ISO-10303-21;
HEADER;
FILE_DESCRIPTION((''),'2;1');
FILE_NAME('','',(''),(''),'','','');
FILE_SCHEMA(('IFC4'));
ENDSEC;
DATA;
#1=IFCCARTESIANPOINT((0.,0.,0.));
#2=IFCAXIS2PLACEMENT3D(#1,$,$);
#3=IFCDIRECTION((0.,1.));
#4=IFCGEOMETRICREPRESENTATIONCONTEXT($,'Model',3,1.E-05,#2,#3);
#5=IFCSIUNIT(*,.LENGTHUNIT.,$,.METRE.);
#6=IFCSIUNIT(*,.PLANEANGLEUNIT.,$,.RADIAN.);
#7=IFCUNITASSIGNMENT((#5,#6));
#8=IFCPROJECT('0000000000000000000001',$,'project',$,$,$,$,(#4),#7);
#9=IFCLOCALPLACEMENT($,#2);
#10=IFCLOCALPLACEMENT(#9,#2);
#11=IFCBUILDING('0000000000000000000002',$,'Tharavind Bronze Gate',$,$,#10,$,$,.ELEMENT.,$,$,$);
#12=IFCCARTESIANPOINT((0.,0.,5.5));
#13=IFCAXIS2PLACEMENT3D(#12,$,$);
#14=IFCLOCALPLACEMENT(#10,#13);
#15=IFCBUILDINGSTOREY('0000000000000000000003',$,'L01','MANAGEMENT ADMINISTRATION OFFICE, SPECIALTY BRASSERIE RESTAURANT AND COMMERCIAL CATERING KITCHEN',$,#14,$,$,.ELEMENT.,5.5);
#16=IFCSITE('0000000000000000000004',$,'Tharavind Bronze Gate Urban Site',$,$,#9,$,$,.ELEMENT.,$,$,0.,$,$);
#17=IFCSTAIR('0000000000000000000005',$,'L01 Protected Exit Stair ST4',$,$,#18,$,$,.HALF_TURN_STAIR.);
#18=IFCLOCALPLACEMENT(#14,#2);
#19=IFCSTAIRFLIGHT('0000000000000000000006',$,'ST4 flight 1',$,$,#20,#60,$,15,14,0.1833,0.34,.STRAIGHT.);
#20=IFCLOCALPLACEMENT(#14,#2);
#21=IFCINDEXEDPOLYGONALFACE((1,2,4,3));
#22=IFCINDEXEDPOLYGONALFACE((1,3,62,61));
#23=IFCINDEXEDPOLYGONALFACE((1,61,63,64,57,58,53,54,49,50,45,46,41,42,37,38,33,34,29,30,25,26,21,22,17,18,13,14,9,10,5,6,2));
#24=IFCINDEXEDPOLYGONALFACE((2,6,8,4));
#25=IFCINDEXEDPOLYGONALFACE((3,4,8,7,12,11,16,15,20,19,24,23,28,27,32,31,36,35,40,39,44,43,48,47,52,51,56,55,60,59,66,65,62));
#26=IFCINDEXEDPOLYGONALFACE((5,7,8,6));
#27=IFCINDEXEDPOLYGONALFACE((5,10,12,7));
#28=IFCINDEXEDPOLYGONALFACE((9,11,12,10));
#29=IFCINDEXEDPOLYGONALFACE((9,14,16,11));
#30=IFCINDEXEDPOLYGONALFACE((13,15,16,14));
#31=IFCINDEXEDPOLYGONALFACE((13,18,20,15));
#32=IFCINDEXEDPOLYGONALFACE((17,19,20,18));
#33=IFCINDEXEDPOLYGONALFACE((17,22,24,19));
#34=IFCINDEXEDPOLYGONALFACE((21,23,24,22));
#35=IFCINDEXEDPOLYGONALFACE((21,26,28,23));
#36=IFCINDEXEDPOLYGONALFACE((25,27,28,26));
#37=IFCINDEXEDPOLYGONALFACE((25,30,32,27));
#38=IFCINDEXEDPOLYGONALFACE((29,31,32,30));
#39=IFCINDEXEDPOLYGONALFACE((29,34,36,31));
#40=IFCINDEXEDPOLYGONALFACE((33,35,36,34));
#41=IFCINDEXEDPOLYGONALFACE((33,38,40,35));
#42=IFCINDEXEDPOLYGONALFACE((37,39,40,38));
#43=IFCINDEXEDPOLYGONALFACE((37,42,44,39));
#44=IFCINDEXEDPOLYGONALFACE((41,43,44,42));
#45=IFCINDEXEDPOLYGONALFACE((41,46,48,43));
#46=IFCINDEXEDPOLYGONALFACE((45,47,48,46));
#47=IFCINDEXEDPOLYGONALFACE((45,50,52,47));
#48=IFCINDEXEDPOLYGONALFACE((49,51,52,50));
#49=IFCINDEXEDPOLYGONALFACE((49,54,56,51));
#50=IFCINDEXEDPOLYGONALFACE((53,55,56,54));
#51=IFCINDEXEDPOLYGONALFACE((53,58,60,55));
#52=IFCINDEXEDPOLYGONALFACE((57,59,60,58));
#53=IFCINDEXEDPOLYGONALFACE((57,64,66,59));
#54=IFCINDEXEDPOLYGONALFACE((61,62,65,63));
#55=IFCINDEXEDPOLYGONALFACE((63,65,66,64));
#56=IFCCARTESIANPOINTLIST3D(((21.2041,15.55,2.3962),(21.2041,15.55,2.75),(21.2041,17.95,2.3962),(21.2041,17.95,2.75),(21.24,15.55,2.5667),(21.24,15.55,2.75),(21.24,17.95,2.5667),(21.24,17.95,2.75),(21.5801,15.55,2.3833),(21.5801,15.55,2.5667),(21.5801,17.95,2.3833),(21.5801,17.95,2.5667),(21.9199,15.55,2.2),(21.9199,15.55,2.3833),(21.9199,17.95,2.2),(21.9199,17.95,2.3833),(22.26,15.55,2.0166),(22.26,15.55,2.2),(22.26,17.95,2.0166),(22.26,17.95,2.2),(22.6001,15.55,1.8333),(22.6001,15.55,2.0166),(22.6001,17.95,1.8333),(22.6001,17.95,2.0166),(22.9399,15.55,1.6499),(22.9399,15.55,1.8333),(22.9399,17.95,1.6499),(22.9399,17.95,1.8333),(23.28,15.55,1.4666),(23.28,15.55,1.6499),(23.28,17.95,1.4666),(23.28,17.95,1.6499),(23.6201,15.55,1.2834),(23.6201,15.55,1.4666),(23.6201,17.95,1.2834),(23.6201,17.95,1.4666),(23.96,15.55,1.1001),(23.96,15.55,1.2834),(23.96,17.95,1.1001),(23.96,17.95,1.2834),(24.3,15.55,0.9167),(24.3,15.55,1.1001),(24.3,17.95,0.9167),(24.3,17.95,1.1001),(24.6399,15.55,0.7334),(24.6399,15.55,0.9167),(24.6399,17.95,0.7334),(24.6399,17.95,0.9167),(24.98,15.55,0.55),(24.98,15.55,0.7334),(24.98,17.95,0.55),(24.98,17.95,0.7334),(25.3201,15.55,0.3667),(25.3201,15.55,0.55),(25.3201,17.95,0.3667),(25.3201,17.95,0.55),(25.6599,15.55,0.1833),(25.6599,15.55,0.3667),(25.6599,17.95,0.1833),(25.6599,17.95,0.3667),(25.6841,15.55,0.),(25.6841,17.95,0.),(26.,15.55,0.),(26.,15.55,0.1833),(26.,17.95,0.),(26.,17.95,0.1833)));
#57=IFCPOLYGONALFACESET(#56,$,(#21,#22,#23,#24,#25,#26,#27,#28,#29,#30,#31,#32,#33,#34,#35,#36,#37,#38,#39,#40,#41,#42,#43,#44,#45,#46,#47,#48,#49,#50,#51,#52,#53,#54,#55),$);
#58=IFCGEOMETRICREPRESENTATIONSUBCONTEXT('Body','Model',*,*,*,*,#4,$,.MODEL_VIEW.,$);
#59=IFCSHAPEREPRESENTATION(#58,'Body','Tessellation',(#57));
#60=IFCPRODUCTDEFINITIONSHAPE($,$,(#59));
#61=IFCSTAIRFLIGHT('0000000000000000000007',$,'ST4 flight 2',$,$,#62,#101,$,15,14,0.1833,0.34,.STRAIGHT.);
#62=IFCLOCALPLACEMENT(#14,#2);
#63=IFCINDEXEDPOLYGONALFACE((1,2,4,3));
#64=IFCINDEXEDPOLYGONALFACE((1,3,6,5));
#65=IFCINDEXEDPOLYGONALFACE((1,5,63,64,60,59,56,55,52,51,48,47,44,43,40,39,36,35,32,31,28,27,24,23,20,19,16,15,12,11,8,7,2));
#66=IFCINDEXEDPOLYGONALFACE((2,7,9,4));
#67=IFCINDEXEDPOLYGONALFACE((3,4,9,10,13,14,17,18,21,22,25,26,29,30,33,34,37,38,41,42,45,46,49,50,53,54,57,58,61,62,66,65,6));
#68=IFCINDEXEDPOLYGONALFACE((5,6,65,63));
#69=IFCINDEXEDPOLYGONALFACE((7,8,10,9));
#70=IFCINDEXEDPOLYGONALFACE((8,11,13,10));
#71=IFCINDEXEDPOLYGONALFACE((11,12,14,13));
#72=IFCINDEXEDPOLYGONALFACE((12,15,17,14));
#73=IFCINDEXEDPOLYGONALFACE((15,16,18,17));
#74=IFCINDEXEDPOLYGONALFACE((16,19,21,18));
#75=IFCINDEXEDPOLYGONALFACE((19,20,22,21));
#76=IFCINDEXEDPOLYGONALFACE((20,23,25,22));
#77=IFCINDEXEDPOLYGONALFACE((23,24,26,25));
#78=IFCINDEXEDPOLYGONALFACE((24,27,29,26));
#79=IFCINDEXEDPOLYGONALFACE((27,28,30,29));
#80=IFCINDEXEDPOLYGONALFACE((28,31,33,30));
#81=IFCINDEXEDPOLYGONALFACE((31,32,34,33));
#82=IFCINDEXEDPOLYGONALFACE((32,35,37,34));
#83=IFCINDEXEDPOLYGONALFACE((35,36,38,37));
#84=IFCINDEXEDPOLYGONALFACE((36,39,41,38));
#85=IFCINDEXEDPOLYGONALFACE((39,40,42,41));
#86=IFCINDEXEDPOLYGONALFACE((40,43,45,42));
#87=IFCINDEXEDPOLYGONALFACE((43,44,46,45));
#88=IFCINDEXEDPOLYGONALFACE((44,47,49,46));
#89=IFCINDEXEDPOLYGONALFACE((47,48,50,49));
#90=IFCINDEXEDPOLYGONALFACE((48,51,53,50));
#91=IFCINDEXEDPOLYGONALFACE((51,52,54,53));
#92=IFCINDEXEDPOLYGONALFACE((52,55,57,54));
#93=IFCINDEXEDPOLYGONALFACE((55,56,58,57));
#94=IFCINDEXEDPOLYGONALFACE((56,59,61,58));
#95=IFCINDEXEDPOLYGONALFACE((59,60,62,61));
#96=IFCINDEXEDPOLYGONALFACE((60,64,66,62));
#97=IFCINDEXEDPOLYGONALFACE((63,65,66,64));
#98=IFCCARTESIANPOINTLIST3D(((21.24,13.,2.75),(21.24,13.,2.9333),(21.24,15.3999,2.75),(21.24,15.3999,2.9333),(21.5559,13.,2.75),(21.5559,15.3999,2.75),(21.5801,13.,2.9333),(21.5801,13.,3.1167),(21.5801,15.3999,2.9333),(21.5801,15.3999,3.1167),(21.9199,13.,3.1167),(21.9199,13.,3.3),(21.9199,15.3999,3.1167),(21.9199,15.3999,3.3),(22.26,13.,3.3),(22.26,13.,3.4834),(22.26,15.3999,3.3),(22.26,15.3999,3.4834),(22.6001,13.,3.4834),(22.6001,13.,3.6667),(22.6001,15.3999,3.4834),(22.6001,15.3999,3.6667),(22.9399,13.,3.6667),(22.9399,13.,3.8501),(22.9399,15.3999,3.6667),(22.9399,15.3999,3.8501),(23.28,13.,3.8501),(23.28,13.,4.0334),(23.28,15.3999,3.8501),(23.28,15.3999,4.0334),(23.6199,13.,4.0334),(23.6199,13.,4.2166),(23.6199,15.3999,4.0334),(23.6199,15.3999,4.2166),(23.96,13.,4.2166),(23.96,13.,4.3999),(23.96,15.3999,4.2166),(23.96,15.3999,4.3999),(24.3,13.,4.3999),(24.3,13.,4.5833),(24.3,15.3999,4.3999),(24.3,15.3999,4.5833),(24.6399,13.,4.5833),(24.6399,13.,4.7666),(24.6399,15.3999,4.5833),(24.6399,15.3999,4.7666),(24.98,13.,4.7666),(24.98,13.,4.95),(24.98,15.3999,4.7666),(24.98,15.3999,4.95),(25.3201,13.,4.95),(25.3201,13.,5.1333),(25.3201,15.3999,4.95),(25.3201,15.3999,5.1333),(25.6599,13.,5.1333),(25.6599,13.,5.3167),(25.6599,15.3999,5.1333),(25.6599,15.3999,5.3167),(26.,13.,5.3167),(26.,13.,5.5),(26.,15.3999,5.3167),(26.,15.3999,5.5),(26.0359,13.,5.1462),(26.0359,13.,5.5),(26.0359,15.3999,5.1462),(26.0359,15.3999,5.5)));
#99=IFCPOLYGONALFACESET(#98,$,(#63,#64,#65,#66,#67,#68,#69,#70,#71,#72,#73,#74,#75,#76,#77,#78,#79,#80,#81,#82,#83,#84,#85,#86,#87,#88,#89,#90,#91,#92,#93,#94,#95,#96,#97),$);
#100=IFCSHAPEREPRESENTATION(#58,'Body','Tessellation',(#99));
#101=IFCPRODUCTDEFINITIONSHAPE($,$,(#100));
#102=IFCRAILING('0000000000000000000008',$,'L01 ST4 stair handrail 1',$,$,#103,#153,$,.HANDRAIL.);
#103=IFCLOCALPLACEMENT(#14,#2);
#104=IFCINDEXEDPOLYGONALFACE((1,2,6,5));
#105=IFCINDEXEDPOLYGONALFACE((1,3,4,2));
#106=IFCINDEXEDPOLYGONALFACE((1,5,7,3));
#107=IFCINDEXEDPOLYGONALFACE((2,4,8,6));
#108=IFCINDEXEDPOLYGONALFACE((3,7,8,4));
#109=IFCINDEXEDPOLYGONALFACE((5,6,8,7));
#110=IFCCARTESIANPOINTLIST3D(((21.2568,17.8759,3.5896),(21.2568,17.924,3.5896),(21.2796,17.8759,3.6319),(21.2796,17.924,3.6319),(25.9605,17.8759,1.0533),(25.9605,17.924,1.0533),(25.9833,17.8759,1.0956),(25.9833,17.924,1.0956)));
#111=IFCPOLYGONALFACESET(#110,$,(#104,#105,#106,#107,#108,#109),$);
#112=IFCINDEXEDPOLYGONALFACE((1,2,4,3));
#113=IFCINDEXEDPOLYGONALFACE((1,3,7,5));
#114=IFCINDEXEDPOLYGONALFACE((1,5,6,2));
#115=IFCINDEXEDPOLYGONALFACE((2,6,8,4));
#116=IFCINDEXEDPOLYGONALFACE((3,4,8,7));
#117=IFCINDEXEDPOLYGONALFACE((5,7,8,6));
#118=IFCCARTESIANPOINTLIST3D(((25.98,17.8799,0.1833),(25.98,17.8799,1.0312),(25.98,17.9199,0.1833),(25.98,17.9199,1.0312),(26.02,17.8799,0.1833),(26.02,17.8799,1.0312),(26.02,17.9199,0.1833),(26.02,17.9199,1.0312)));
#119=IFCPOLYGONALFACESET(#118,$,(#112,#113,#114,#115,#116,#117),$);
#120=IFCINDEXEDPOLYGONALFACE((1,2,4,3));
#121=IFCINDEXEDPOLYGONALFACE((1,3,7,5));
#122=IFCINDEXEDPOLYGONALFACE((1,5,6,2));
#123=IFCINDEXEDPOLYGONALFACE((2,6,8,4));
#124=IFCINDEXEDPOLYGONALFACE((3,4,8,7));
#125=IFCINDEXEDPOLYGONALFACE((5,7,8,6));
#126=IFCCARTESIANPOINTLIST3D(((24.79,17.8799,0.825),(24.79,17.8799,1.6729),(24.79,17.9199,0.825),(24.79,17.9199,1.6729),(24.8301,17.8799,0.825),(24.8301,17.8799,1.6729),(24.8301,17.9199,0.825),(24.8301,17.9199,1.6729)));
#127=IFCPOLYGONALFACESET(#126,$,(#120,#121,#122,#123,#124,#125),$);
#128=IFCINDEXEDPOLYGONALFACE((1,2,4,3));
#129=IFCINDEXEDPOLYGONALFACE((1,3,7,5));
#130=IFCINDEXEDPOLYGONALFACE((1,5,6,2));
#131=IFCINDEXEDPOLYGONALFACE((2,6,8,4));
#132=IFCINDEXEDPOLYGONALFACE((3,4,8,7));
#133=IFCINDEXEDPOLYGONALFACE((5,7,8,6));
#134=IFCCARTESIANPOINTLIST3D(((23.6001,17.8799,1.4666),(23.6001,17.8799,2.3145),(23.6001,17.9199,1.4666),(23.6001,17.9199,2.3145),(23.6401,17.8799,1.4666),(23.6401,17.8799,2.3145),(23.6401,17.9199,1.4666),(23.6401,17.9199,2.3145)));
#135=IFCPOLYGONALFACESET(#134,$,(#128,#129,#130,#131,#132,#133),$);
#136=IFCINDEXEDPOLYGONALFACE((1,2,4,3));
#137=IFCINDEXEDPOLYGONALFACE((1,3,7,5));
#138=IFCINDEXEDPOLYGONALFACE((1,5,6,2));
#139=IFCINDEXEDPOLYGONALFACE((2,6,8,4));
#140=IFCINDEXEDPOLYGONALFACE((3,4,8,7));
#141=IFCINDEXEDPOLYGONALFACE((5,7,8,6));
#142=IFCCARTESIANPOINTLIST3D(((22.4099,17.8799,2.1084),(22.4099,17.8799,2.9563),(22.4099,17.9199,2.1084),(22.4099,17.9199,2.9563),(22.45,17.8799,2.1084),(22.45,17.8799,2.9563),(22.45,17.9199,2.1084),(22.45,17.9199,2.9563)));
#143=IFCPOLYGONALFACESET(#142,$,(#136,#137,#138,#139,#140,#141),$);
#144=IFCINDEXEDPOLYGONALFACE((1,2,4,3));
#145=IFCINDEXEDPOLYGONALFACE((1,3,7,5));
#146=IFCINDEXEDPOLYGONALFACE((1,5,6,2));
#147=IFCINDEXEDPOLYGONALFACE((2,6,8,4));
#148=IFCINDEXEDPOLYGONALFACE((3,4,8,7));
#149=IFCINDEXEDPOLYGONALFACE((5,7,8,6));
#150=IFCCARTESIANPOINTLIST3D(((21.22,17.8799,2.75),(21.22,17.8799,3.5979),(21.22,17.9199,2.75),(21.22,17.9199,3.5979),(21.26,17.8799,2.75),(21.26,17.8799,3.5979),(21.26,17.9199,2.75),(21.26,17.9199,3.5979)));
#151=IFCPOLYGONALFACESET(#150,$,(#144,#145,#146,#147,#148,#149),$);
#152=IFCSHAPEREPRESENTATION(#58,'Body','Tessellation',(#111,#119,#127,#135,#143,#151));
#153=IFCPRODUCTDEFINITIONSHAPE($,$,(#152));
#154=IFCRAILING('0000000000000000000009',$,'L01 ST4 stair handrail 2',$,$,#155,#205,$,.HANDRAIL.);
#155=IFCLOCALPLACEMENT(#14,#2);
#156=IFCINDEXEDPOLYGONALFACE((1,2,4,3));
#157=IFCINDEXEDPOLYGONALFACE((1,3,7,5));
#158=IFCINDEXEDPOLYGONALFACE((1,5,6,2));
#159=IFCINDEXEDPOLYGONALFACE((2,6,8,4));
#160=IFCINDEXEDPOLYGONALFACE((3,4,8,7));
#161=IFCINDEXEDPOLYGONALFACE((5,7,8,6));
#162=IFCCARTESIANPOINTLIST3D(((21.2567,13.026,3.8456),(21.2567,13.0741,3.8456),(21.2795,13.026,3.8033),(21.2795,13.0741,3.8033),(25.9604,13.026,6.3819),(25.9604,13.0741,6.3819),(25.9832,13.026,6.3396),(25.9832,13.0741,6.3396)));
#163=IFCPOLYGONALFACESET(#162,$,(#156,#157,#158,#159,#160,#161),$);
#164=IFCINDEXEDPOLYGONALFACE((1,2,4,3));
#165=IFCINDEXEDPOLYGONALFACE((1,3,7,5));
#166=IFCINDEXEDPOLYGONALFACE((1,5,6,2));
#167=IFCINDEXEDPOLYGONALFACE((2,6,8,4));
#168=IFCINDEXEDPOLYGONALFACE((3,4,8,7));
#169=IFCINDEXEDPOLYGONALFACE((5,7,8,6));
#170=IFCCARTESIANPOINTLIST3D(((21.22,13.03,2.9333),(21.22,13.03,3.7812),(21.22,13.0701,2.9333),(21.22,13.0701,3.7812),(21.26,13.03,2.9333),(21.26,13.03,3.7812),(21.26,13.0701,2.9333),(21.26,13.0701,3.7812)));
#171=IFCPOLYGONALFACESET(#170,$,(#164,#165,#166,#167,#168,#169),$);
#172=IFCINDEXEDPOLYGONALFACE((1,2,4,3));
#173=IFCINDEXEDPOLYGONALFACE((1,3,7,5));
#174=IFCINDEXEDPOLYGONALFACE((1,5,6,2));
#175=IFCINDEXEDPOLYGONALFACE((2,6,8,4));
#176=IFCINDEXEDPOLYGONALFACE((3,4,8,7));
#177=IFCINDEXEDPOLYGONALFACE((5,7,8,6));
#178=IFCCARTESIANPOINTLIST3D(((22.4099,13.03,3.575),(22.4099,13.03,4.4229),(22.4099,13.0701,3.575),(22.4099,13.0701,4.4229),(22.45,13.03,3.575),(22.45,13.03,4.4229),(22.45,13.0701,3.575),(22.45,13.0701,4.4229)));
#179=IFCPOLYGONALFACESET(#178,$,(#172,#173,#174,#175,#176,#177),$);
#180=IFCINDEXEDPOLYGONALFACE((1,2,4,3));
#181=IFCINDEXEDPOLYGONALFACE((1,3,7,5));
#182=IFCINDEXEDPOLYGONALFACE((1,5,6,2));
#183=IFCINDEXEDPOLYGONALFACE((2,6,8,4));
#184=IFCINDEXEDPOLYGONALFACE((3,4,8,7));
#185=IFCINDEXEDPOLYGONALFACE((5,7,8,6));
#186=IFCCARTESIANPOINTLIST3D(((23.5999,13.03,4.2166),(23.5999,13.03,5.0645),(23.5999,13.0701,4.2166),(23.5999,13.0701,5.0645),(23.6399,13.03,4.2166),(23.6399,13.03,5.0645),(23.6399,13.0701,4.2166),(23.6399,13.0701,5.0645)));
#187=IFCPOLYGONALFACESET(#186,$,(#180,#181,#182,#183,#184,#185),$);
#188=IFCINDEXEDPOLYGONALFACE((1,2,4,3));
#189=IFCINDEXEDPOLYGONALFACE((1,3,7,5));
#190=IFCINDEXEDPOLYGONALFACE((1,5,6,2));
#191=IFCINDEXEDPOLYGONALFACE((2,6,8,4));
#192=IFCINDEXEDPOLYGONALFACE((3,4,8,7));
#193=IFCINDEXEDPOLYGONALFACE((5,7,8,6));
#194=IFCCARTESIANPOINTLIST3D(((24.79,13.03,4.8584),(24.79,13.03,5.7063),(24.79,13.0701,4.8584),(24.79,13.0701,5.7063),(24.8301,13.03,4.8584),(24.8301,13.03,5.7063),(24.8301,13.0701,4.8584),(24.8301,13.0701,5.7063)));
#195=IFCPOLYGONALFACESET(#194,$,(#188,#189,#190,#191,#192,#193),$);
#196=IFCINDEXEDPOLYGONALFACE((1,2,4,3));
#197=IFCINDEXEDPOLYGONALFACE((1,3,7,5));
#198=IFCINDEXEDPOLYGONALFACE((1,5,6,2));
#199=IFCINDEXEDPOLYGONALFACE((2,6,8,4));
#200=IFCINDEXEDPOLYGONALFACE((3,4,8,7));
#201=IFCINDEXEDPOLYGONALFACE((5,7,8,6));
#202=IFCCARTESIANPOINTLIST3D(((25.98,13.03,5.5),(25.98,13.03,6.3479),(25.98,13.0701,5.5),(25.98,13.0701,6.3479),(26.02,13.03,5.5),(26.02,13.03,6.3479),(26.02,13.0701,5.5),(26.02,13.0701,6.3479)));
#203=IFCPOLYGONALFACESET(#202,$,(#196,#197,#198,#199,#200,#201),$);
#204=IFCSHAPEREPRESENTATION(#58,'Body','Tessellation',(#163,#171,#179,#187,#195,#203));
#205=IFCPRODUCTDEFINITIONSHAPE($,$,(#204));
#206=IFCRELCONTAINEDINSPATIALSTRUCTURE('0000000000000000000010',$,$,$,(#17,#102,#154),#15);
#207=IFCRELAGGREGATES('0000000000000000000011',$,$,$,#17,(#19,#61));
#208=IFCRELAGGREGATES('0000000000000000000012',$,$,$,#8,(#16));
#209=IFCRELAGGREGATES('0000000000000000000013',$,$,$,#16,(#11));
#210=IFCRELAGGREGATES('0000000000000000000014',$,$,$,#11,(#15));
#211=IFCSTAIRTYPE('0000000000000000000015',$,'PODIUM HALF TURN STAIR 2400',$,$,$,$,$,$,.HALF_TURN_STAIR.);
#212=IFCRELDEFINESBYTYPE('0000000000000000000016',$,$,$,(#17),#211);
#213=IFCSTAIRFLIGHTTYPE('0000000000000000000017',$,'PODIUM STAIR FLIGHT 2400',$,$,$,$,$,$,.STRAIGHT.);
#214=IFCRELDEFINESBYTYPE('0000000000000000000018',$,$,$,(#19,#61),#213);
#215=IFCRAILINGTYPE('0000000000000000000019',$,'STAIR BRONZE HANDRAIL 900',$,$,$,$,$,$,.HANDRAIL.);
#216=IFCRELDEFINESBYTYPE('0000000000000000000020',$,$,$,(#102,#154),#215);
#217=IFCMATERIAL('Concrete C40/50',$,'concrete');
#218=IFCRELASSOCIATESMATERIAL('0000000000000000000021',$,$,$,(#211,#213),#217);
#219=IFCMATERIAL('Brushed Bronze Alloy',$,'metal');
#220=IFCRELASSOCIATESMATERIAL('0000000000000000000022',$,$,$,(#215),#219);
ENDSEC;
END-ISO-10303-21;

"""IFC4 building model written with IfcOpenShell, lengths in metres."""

from ifc_helpers import new_model, si_unit, direction, frame, origin, origin_2d, place, context, subcontext, project, spatial, polyline, rectangle, outline, extrude, material, type_object, element, aggregate, save


model = new_model("IFC4")

# Units and contexts
model_context = context("Model", 3, precision=1e-05, world=origin(), true_north=direction((0.0, 1.0)))
body_context = subcontext(model_context, "Body", "Model", "MODEL_VIEW")
ifc_project = project(units=[si_unit("LENGTHUNIT", "METRE"), si_unit("PLANEANGLEUNIT", "RADIAN")], contexts=[model_context])

# Site, building, storey
site_placement = place(None, origin())
site = spatial("IfcSite", under=ifc_project, at=site_placement, Name="Tharavind Bronze Gate Urban Site", CompositionType="ELEMENT", RefElevation=0.0)
building_placement = place(site_placement, origin())
building = spatial("IfcBuilding", under=site, at=building_placement, Name="Tharavind Bronze Gate", CompositionType="ELEMENT")
storey_placement = place(building_placement, frame((0.0, 0.0, 5.5)))
storey = spatial("IfcBuildingStorey", under=building, at=storey_placement, Name="L01", Description="MANAGEMENT ADMINISTRATION OFFICE, SPECIALTY BRASSERIE RESTAURANT AND COMMERCIAL CATERING KITCHEN", CompositionType="ELEMENT", Elevation=5.5)

# Shared definitions
ifc_material_1 = material(Name="Concrete C40/50", Category="concrete")

# Stair, stair flights
stair_type = type_object("IfcStairType", Name="PODIUM HALF TURN STAIR 2400", PredefinedType="HALF_TURN_STAIR", material=ifc_material_1)
stair_placement = place(storey_placement, origin())
stair = element("IfcStair", 1, at=stair_placement, inside=storey, type_object=stair_type, Name="L01 Protected Exit Stair ST4", PredefinedType="HALF_TURN_STAIR")
stair_flight_type = type_object("IfcStairFlightType", Name="PODIUM STAIR FLIGHT 2400", PredefinedType="STRAIGHT", material=ifc_material_1)
stair_flight_1_placement = place(storey_placement, frame((26.0, 16.75, 0.0), z_axis=(0.0, 0.0, 1.0), x_axis=(-1.0, 0.0, 0.0)))
stair_flight_1 = element("IfcStairFlight", 2, at=stair_flight_1_placement, type_object=stair_flight_type, Name="ST4 flight 1", NumberOfRisers=15, NumberOfTreads=14, PredefinedType="STRAIGHT", RiserHeight=0.1833, TreadLength=0.34, context=body_context, shape_type="SweptSolid", body=[
    extrude(outline(polyline([(0.0, 0.0), (0.0, 0.1833), (0.3401, 0.1833), (0.3401, 0.3667), (0.6799, 0.3667), (0.6799, 0.55), (1.02, 0.55), (1.02, 0.7334), (1.3601, 0.7334), (1.3601, 0.9167), (1.7, 0.9167), (1.7, 1.1001), (2.04, 1.1001), (2.04, 1.2834), (2.3799, 1.2834), (2.3799, 1.4666), (2.72, 1.4666), (2.72, 1.6499), (3.0601, 1.6499), (3.0601, 1.8333), (3.3999, 1.8333), (3.3999, 2.0166), (3.74, 2.0166), (3.74, 2.2), (4.0801, 2.2), (4.0801, 2.3833), (4.4199, 2.3833), (4.4199, 2.5667), (4.76, 2.5667), (4.76, 2.75), (4.7959, 2.75), (4.7959, 2.3962), (0.3159, 0.0), (0.0, 0.0)])), frame((0.0, 1.2, 0.0), z_axis=(0.0, -1.0, 0.0), x_axis=(1.0, 0.0, 0.0)), (0.0, 0.0, 1.0), 2.3999),
])
stair_flight_2_placement = place(storey_placement, frame((21.24, 14.2, 2.75), z_axis=(0.0, 0.0, 1.0), x_axis=(1.0, 0.0, 0.0)))
stair_flight_2 = element("IfcStairFlight", 3, at=stair_flight_2_placement, type_object=stair_flight_type, Name="ST4 flight 2", NumberOfRisers=15, NumberOfTreads=14, PredefinedType="STRAIGHT", RiserHeight=0.1833, TreadLength=0.34, context=body_context, shape_type="SweptSolid", body=[
    extrude(outline(polyline([(0.0, 0.0), (0.0, 0.1833), (0.3401, 0.1833), (0.3401, 0.3667), (0.6799, 0.3667), (0.6799, 0.55), (1.02, 0.55), (1.02, 0.7334), (1.3601, 0.7334), (1.3601, 0.9167), (1.7, 0.9167), (1.7, 1.1001), (2.04, 1.1001), (2.04, 1.2834), (2.3799, 1.2834), (2.3799, 1.4666), (2.72, 1.4666), (2.72, 1.6499), (3.0601, 1.6499), (3.0601, 1.8333), (3.3999, 1.8333), (3.3999, 2.0166), (3.74, 2.0166), (3.74, 2.2), (4.0801, 2.2), (4.0801, 2.3833), (4.4199, 2.3833), (4.4199, 2.5667), (4.76, 2.5667), (4.76, 2.75), (4.7959, 2.75), (4.7959, 2.3962), (0.3159, 0.0), (0.0, 0.0)])), frame((0.0, 1.2, 0.0), z_axis=(0.0, -1.0, 0.0), x_axis=(1.0, 0.0, 0.0)), (0.0, 0.0, 1.0), 2.3999),
])
aggregate(stair, [stair_flight_1, stair_flight_2])

# Railings
ifc_material_2 = material(Name="Brushed Bronze Alloy", Category="metal")
railing_type_1 = type_object("IfcRailingType", Name="STAIR BRONZE HANDRAIL 900", PredefinedType="HANDRAIL", material=ifc_material_2)
railing_1_placement = place(storey_placement, frame((26.0, 17.8999, 0.1833)))
element("IfcRailing", 4, at=railing_1_placement, inside=storey, type_object=railing_type_1, Name="L01 ST4 stair handrail 1", PredefinedType="HANDRAIL", context=body_context, shape_type="SweptSolid", body=[
    extrude(rectangle(XDim=0.0481, YDim=0.0481, at=origin_2d()), frame((-0.0281, 0.0, 0.8911), z_axis=(-0.880196, 0.0, 0.474611), x_axis=(0.0, -1.0, 0.0)), (0.0, 0.0, 1.0), 5.344),
    extrude(rectangle(XDim=0.04, YDim=0.04, at=origin_2d()), origin(), (0.0, 0.0, 1.0), 0.8479),
    extrude(rectangle(XDim=0.04, YDim=0.04, at=origin_2d()), frame((-1.1899, 0.0, 0.6416)), (0.0, 0.0, 1.0), 0.8479),
    extrude(rectangle(XDim=0.04, YDim=0.04, at=origin_2d()), frame((-2.3799, 0.0, 1.2832)), (0.0, 0.0, 1.0), 0.8479),
    extrude(rectangle(XDim=0.04, YDim=0.04, at=origin_2d()), frame((-3.5701, 0.0, 1.925)), (0.0, 0.0, 1.0), 0.8479),
    extrude(rectangle(XDim=0.04, YDim=0.04, at=origin_2d()), frame((-4.76, 0.0, 2.5667)), (0.0, 0.0, 1.0), 0.8479),
])
railing_2_placement = place(storey_placement, frame((21.24, 13.05, 2.9333)))
element("IfcRailing", 5, at=railing_2_placement, inside=storey, type_object=railing_type_1, Name="L01 ST4 stair handrail 2", PredefinedType="HANDRAIL", context=body_context, shape_type="SweptSolid", body=[
    extrude(rectangle(XDim=0.0481, YDim=0.0481, at=origin_2d()), frame((0.0281, 0.0, 0.8911), z_axis=(0.880196, 0.0, 0.474611), x_axis=(0.0, 1.0, 0.0)), (0.0, 0.0, 1.0), 5.344),
    extrude(rectangle(XDim=0.04, YDim=0.04, at=origin_2d()), origin(), (0.0, 0.0, 1.0), 0.8479),
    extrude(rectangle(XDim=0.04, YDim=0.04, at=origin_2d()), frame((1.1899, 0.0, 0.6416)), (0.0, 0.0, 1.0), 0.8479),
    extrude(rectangle(XDim=0.04, YDim=0.04, at=origin_2d()), frame((2.3799, 0.0, 1.2832)), (0.0, 0.0, 1.0), 0.8479),
    extrude(rectangle(XDim=0.04, YDim=0.04, at=origin_2d()), frame((3.5701, 0.0, 1.925)), (0.0, 0.0, 1.0), 0.8479),
    extrude(rectangle(XDim=0.04, YDim=0.04, at=origin_2d()), frame((4.76, 0.0, 2.5667)), (0.0, 0.0, 1.0), 0.8479),
])

save(model, "model.ifc")
